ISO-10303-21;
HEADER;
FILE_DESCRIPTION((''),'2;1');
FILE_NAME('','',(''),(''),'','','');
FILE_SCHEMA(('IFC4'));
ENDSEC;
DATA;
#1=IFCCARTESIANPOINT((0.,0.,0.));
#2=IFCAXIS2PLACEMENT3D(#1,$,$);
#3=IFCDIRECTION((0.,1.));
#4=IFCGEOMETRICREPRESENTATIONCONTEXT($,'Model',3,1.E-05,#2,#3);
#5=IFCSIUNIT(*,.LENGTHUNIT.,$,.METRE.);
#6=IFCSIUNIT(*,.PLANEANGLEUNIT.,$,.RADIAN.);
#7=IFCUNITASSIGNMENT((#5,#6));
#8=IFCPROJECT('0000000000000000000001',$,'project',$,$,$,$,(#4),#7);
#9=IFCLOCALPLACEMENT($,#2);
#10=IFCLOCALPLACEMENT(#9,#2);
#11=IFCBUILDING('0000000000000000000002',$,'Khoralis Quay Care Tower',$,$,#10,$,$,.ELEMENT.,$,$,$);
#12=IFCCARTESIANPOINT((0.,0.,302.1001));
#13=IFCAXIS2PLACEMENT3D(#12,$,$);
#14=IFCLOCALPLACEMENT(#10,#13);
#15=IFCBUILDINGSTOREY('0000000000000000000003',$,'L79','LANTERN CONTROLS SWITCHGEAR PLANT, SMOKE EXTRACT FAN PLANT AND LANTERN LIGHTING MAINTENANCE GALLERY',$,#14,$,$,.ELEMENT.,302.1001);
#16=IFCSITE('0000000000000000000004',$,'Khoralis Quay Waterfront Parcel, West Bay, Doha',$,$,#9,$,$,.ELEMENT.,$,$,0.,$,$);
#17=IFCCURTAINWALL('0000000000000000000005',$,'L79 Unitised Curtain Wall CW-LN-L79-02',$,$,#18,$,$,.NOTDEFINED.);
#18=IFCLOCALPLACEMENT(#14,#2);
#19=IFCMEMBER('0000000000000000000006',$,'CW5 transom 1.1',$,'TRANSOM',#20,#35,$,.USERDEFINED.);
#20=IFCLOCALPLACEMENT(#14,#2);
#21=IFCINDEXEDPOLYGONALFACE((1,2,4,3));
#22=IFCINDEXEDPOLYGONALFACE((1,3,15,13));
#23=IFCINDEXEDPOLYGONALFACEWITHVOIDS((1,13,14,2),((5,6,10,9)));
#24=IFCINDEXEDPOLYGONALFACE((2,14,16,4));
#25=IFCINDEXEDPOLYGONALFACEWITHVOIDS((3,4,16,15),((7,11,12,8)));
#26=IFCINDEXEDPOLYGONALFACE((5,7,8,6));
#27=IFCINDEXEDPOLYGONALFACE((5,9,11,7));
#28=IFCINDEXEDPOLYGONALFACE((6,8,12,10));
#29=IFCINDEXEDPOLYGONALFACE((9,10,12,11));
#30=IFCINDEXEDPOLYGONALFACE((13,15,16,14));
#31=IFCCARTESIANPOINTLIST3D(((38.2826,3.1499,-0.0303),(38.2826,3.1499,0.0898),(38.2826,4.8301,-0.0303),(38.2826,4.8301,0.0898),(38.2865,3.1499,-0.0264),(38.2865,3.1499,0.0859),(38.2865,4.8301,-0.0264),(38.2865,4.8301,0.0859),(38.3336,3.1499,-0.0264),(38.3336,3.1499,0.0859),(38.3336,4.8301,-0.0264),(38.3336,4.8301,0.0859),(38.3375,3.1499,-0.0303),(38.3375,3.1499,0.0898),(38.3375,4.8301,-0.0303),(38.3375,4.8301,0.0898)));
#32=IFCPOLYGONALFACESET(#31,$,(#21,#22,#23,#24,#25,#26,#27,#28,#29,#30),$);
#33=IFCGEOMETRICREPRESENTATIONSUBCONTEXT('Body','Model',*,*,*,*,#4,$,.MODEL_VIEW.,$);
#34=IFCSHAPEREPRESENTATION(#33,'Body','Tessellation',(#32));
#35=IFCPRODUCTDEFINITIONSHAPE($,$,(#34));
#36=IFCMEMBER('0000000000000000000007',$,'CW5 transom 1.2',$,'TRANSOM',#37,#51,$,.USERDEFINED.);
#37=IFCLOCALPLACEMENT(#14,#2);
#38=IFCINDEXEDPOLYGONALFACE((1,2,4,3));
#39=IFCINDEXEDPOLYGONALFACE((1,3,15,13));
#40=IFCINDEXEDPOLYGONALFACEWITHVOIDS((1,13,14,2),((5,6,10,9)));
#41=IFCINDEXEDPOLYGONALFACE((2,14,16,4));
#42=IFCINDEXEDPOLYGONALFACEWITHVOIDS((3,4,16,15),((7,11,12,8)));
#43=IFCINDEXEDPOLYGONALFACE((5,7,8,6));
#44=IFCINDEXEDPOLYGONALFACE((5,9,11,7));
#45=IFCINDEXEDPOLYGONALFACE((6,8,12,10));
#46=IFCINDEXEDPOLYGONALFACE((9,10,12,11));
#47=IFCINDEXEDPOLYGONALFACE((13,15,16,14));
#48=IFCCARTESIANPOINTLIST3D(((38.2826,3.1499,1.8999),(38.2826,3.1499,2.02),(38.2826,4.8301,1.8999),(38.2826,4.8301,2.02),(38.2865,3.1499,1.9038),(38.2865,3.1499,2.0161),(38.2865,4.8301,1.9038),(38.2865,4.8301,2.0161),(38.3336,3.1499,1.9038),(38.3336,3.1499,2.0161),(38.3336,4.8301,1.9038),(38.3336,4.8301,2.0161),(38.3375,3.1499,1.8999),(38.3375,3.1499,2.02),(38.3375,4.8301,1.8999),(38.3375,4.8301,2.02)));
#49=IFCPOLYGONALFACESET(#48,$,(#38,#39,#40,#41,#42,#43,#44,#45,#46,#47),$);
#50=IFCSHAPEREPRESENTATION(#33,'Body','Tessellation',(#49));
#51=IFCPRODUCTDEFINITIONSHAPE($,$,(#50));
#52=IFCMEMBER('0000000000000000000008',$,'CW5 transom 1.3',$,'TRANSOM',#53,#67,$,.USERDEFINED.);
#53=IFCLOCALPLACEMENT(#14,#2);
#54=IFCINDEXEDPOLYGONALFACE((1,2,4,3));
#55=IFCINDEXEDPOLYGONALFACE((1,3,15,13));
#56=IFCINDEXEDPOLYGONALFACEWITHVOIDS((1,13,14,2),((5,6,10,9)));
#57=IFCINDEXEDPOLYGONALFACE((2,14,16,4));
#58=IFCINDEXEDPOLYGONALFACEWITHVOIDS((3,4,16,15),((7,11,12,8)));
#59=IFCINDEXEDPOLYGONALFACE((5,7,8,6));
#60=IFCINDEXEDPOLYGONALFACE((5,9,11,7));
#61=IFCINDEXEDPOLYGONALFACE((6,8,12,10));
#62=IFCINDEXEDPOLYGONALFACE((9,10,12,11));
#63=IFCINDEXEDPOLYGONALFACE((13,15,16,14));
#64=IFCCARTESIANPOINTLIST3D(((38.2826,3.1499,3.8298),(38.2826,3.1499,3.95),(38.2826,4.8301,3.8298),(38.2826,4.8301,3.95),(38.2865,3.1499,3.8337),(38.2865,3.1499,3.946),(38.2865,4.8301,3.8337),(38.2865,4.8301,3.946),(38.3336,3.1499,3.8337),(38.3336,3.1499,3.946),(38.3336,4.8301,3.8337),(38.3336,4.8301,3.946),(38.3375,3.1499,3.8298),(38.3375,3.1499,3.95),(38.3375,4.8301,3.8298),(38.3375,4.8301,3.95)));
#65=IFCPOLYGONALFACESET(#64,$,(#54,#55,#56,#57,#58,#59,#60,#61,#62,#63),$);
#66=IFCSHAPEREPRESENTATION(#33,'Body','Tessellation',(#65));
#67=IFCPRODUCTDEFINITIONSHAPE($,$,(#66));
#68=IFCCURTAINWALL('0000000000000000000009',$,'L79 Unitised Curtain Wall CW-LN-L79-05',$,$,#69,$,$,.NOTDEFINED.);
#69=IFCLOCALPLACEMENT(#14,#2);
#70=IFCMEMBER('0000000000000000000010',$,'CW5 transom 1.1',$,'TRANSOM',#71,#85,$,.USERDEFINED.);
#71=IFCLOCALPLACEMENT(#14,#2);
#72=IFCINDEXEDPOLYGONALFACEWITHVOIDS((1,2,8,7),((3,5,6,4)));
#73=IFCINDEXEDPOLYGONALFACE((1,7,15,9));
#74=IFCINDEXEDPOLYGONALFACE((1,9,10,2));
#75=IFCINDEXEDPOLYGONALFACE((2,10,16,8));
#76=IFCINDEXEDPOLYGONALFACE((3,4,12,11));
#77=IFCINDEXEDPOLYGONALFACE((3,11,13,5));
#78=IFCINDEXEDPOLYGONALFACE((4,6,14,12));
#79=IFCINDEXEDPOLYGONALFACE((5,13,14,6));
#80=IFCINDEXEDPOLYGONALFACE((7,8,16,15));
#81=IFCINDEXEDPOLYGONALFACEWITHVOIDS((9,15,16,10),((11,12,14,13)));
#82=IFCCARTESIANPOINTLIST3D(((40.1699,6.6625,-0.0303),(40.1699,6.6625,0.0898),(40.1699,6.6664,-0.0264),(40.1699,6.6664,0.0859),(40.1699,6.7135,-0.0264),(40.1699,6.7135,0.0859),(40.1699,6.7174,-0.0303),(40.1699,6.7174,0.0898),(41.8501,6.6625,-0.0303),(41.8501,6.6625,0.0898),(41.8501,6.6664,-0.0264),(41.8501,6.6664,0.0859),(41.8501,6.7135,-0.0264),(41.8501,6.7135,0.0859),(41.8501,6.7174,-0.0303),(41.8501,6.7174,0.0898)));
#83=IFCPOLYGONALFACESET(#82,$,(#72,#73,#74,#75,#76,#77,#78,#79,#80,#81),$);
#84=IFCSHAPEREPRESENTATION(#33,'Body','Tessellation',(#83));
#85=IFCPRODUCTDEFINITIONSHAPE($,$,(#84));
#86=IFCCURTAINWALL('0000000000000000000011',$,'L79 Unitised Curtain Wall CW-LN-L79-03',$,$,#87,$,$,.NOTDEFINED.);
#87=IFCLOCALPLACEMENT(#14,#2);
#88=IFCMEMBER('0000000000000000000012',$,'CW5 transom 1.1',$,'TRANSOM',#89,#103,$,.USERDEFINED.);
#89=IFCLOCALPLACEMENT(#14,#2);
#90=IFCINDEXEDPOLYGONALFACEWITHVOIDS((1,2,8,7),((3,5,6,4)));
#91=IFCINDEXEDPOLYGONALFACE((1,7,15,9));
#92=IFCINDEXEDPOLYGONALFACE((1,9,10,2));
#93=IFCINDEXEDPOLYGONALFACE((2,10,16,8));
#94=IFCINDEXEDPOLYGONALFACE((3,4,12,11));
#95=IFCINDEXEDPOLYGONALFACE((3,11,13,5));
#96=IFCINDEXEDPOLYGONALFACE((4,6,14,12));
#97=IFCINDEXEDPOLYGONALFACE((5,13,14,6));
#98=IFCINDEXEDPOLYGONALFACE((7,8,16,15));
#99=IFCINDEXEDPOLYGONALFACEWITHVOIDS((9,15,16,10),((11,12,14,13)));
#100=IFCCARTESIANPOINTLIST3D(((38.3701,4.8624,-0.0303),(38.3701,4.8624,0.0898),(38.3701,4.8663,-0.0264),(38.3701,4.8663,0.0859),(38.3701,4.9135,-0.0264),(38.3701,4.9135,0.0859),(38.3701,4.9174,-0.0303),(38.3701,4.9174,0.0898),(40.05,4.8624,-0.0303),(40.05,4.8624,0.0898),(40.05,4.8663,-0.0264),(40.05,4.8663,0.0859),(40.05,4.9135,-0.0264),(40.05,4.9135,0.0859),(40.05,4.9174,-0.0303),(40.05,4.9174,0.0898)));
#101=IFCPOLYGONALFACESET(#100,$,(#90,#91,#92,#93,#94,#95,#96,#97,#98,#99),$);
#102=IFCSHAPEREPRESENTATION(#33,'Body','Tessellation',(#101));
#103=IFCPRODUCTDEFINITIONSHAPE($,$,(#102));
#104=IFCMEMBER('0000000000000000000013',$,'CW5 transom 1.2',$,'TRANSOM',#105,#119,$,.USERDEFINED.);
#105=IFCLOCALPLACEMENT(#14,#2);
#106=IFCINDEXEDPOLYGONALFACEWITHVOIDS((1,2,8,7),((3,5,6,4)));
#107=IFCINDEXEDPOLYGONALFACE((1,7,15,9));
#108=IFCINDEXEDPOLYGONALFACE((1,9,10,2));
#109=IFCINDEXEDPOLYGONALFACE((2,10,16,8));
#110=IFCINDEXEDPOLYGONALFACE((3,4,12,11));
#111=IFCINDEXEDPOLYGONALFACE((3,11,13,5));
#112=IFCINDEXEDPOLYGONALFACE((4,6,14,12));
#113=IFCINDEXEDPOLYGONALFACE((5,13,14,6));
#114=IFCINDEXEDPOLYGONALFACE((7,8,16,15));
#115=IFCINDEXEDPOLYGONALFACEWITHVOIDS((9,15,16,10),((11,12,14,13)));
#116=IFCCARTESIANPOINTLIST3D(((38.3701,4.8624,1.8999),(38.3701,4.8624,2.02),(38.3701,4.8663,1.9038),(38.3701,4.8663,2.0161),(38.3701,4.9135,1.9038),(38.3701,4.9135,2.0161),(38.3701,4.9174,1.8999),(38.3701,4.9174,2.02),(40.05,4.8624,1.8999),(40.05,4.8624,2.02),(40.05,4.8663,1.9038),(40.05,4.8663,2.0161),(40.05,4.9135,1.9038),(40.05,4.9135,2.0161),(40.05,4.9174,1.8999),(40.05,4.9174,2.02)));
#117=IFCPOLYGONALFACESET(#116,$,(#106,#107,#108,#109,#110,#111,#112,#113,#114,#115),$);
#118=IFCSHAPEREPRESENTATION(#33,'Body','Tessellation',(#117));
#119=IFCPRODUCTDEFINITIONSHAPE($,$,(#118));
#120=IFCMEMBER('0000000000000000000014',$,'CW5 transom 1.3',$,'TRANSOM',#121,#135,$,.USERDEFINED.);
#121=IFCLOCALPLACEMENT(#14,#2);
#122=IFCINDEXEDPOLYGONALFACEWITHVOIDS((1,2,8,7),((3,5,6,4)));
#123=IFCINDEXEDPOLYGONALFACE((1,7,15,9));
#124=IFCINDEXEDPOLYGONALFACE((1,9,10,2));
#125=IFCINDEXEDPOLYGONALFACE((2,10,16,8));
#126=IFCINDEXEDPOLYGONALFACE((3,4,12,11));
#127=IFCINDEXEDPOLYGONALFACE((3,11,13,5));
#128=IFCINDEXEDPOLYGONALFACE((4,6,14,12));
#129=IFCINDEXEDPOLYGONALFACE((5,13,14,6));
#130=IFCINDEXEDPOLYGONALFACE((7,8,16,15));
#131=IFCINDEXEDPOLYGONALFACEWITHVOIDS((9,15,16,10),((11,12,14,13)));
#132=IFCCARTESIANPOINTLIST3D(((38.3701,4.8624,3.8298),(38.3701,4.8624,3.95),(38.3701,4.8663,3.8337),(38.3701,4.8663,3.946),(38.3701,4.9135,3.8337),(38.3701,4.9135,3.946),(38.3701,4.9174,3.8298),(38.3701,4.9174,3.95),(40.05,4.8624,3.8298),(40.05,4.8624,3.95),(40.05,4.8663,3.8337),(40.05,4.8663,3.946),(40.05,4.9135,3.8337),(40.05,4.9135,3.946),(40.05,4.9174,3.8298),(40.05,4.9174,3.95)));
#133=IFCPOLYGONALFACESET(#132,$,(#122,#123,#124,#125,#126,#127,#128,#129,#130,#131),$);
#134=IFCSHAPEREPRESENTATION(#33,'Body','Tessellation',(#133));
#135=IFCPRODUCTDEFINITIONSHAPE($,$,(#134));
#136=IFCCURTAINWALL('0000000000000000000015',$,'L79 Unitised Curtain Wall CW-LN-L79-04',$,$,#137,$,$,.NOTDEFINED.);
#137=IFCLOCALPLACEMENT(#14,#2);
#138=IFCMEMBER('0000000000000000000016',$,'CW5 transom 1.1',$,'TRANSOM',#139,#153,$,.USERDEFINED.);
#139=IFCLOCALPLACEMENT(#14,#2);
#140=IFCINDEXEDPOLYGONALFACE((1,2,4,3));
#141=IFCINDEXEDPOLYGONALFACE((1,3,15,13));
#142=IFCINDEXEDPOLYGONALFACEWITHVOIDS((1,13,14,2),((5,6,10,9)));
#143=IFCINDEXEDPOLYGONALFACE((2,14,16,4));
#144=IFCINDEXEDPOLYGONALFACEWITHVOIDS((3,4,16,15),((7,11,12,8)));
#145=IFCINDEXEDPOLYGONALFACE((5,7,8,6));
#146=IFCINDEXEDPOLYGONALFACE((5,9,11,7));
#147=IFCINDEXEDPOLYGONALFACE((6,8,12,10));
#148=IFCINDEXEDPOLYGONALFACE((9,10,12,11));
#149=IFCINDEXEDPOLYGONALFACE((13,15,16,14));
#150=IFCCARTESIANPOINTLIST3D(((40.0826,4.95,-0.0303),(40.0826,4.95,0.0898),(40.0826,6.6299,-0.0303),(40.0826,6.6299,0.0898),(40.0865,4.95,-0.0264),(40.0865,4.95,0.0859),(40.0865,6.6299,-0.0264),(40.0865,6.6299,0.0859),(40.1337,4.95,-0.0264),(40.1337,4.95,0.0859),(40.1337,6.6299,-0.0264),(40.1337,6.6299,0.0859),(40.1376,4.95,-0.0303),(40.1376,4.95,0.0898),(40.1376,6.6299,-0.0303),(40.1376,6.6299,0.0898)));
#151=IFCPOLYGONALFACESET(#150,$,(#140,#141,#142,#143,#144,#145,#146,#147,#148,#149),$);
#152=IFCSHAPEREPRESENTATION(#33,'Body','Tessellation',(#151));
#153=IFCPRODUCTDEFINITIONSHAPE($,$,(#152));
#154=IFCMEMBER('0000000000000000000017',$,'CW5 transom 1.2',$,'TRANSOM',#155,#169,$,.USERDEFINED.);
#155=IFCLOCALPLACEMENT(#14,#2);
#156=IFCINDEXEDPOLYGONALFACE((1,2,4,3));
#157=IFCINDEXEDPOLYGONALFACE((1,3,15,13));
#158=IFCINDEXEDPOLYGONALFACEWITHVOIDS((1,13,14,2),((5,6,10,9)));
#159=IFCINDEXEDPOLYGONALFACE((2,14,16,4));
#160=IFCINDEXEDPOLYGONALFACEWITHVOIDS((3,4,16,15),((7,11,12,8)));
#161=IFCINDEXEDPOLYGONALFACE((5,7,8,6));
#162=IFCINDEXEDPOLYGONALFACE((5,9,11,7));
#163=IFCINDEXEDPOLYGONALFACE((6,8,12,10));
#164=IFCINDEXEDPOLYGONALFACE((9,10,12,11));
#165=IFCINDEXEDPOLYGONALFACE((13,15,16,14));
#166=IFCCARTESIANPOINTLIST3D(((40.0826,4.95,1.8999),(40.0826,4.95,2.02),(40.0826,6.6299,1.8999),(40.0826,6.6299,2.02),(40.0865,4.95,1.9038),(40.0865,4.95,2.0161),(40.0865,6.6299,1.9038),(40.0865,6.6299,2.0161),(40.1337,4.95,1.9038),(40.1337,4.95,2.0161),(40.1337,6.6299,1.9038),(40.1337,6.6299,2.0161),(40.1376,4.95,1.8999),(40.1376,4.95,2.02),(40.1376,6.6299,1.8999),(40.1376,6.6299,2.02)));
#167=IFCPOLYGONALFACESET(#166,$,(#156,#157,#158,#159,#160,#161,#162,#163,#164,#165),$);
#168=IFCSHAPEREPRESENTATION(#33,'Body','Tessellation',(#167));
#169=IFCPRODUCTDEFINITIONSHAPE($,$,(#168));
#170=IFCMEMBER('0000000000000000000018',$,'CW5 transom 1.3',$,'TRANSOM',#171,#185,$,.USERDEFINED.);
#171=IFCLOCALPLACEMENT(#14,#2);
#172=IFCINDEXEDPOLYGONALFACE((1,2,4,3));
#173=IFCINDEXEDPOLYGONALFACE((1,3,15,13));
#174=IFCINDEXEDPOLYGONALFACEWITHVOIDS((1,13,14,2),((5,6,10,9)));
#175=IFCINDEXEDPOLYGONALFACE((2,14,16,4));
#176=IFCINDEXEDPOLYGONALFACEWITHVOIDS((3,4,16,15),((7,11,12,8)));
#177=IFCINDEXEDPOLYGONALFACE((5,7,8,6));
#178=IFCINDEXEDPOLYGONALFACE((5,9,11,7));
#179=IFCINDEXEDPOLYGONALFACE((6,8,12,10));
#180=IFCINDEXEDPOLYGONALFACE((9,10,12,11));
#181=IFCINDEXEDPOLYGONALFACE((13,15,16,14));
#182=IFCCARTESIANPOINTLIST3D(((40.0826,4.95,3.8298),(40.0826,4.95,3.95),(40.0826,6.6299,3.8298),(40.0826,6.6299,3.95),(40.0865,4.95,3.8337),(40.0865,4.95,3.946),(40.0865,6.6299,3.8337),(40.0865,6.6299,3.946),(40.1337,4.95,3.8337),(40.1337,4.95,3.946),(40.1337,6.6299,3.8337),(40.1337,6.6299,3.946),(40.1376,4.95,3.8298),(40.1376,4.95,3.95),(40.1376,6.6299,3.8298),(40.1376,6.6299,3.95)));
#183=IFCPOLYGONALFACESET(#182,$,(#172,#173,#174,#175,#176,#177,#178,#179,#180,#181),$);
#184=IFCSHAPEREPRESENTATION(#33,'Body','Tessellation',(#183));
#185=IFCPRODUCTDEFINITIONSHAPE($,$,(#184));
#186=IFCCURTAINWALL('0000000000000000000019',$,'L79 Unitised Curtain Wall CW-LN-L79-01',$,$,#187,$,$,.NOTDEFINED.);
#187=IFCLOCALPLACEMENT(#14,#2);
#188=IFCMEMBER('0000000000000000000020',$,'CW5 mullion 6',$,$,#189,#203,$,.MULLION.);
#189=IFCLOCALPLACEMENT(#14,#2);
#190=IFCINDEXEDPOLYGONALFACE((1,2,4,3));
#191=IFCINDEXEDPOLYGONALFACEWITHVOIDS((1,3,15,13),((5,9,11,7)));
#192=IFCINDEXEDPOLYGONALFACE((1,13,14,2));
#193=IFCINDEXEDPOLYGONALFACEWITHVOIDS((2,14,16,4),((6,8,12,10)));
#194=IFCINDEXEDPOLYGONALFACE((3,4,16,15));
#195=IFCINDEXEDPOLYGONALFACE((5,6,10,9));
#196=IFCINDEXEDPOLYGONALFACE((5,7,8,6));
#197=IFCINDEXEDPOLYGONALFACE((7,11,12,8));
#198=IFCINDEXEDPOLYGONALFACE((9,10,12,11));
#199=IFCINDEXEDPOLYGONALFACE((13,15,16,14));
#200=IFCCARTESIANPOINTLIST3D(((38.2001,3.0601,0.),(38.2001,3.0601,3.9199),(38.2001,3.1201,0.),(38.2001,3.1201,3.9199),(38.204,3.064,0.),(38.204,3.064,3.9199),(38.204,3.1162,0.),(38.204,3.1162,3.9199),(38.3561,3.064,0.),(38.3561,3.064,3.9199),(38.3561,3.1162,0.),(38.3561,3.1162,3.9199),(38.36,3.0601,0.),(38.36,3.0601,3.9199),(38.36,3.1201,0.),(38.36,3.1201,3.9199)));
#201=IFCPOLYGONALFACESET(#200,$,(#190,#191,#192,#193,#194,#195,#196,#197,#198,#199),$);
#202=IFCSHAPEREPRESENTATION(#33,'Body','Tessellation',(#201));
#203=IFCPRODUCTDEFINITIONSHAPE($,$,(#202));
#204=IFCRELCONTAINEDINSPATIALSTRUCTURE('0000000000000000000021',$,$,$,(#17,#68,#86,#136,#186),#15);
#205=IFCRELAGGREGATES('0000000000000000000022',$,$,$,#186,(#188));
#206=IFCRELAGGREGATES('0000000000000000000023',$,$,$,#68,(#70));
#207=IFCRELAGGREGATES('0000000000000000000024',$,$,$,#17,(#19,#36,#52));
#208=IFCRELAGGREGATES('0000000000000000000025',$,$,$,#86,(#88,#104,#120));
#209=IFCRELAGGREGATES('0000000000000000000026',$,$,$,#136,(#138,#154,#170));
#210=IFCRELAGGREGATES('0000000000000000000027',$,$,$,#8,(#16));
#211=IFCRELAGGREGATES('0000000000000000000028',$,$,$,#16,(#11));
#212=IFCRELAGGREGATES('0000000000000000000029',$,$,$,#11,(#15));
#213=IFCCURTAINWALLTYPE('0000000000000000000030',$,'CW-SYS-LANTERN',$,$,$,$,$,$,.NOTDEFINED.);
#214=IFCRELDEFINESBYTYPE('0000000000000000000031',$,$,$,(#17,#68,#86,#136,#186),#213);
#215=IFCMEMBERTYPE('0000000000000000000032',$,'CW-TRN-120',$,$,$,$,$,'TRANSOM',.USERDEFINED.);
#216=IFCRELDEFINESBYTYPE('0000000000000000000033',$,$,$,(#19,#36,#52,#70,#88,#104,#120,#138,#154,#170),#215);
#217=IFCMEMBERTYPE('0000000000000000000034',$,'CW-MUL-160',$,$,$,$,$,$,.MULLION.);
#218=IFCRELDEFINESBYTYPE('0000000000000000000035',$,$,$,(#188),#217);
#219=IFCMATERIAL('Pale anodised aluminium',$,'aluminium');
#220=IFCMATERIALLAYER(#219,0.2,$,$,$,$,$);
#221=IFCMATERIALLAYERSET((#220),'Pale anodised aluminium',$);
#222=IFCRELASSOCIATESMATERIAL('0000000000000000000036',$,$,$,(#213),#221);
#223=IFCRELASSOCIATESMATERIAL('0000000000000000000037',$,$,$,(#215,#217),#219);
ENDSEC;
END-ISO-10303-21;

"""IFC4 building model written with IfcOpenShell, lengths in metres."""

from ifc_helpers import new_model, si_unit, direction, frame, origin, origin_2d, place, context, subcontext, project, spatial, hollow_rectangle, extrude, source, transform, mapped, material, layer, layer_set, material_profile, profile_set, type_object, element, aggregate, save


model = new_model("IFC4")

# Units and contexts
model_context = context("Model", 3, precision=1e-05, world=origin(), true_north=direction((0.0, 1.0)))
body_context = subcontext(model_context, "Body", "Model", "MODEL_VIEW")
ifc_project = project(units=[si_unit("LENGTHUNIT", "METRE"), si_unit("PLANEANGLEUNIT", "RADIAN")], contexts=[model_context])

# Site, building, storey
site_placement = place(None, origin())
site = spatial("IfcSite", under=ifc_project, at=site_placement, Name="Khoralis Quay Waterfront Parcel, West Bay, Doha", CompositionType="ELEMENT", RefElevation=0.0)
building_placement = place(site_placement, origin())
building = spatial("IfcBuilding", under=site, at=building_placement, Name="Khoralis Quay Care Tower", CompositionType="ELEMENT")
storey_placement = place(building_placement, frame((0.0, 0.0, 302.1001)))
storey = spatial("IfcBuildingStorey", under=building, at=storey_placement, Name="L79", Description="LANTERN CONTROLS SWITCHGEAR PLANT, SMOKE EXTRACT FAN PLANT AND LANTERN LIGHTING MAINTENANCE GALLERY", CompositionType="ELEMENT", Elevation=302.1001)

# Curtain wall, members
ifc_material_1 = material(Name="Pale anodised aluminium", Category="aluminium")
ifc_layer_1 = layer(ifc_material_1, 0.2)
ifc_layer_set_1 = layer_set([ifc_layer_1], Name="Pale anodised aluminium")
curtain_wall_type = type_object("IfcCurtainWallType", Name="CW-SYS-LANTERN", PredefinedType="NOTDEFINED", material=ifc_layer_set_1)
curtain_wall_1_placement = place(storey_placement, origin())
curtain_wall_1 = element("IfcCurtainWall", 1, at=curtain_wall_1_placement, inside=storey, type_object=curtain_wall_type, Name="L79 Unitised Curtain Wall CW-LN-L79-02", PredefinedType="NOTDEFINED")
ifc_material_profile_1 = material_profile(ifc_material_1, hollow_rectangle(XDim=0.0549, YDim=0.1201, WallThickness=0.0039, at=origin_2d()), Name="Pale anodised aluminium")
ifc_profile_set_1 = profile_set([ifc_material_profile_1], Name="Pale anodised aluminium")
member_type_1 = type_object("IfcMemberType", Name="CW-TRN-120", ElementType="TRANSOM", PredefinedType="USERDEFINED", material=ifc_profile_set_1)
shared_shape_1 = source(origin(), body_context, "Body", "SweptSolid", [
    extrude(hollow_rectangle(XDim=0.0549, YDim=0.1201, WallThickness=0.0039, at=origin_2d()), origin(), (0.0, 0.0, 1.0), 1.6802),
])
member_1_placement = place(storey_placement, frame((38.3101, 3.1499, 0.0298), z_axis=(0.0, 1.0, 0.0), x_axis=(-1.0, 0.0, 0.0)))
member_1 = element("IfcMember", 2, at=member_1_placement, type_object=member_type_1, Name="CW5 transom 1.1", ObjectType="TRANSOM", PredefinedType="USERDEFINED", context=body_context, shape_type="MappedRepresentation", body=[
    mapped(shared_shape_1, transform((0.0, 0.0, 0.0), scale=1.0)),
])
member_2_placement = place(storey_placement, frame((38.3101, 3.1499, 1.96), z_axis=(0.0, 1.0, 0.0), x_axis=(-1.0, 0.0, 0.0)))
member_2 = element("IfcMember", 3, at=member_2_placement, type_object=member_type_1, Name="CW5 transom 1.2", ObjectType="TRANSOM", PredefinedType="USERDEFINED", context=body_context, shape_type="MappedRepresentation", body=[
    mapped(shared_shape_1, transform((0.0, 0.0, 0.0), scale=1.0)),
])
member_3_placement = place(storey_placement, frame((38.3101, 3.1499, 3.8899), z_axis=(0.0, 1.0, 0.0), x_axis=(-1.0, 0.0, 0.0)))
member_3 = element("IfcMember", 4, at=member_3_placement, type_object=member_type_1, Name="CW5 transom 1.3", ObjectType="TRANSOM", PredefinedType="USERDEFINED", context=body_context, shape_type="MappedRepresentation", body=[
    mapped(shared_shape_1, transform((0.0, 0.0, 0.0), scale=1.0)),
])

# Curtain wall, member
curtain_wall_2_placement = place(storey_placement, origin())
curtain_wall_2 = element("IfcCurtainWall", 5, at=curtain_wall_2_placement, inside=storey, type_object=curtain_wall_type, Name="L79 Unitised Curtain Wall CW-LN-L79-05", PredefinedType="NOTDEFINED")
member_4_placement = place(storey_placement, frame((40.1699, 6.6899, 0.0298), z_axis=(1.0, 0.0, 0.0), x_axis=(0.0, 1.0, 0.0)))
member_4 = element("IfcMember", 6, at=member_4_placement, type_object=member_type_1, Name="CW5 transom 1.1", ObjectType="TRANSOM", PredefinedType="USERDEFINED", context=body_context, shape_type="MappedRepresentation", body=[
    mapped(shared_shape_1, transform((0.0, 0.0, 0.0), scale=1.0)),
])

# Curtain walls, members
curtain_wall_3_placement = place(storey_placement, origin())
curtain_wall_3 = element("IfcCurtainWall", 7, at=curtain_wall_3_placement, inside=storey, type_object=curtain_wall_type, Name="L79 Unitised Curtain Wall CW-LN-L79-03", PredefinedType="NOTDEFINED")
shared_shape_2 = source(origin(), body_context, "Body", "SweptSolid", [
    extrude(hollow_rectangle(XDim=0.0549, YDim=0.1201, WallThickness=0.0039, at=origin_2d()), origin(), (0.0, 0.0, 1.0), 1.6799),
])
member_5_placement = place(storey_placement, frame((38.3701, 4.8899, 0.0298), z_axis=(1.0, 0.0, 0.0), x_axis=(0.0, 1.0, 0.0)))
member_5 = element("IfcMember", 8, at=member_5_placement, type_object=member_type_1, Name="CW5 transom 1.1", ObjectType="TRANSOM", PredefinedType="USERDEFINED", context=body_context, shape_type="MappedRepresentation", body=[
    mapped(shared_shape_2, transform((0.0, 0.0, 0.0), scale=1.0)),
])
member_6_placement = place(storey_placement, frame((38.3701, 4.8899, 1.96), z_axis=(1.0, 0.0, 0.0), x_axis=(0.0, 1.0, 0.0)))
member_6 = element("IfcMember", 9, at=member_6_placement, type_object=member_type_1, Name="CW5 transom 1.2", ObjectType="TRANSOM", PredefinedType="USERDEFINED", context=body_context, shape_type="MappedRepresentation", body=[
    mapped(shared_shape_2, transform((0.0, 0.0, 0.0), scale=1.0)),
])
member_7_placement = place(storey_placement, frame((38.3701, 4.8899, 3.8899), z_axis=(1.0, 0.0, 0.0), x_axis=(0.0, 1.0, 0.0)))
member_7 = element("IfcMember", 10, at=member_7_placement, type_object=member_type_1, Name="CW5 transom 1.3", ObjectType="TRANSOM", PredefinedType="USERDEFINED", context=body_context, shape_type="MappedRepresentation", body=[
    mapped(shared_shape_2, transform((0.0, 0.0, 0.0), scale=1.0)),
])
curtain_wall_4_placement = place(storey_placement, origin())
curtain_wall_4 = element("IfcCurtainWall", 11, at=curtain_wall_4_placement, inside=storey, type_object=curtain_wall_type, Name="L79 Unitised Curtain Wall CW-LN-L79-04", PredefinedType="NOTDEFINED")
member_8_placement = place(storey_placement, frame((40.1101, 4.95, 0.0298), z_axis=(0.0, 1.0, 0.0), x_axis=(-1.0, 0.0, 0.0)))
member_8 = element("IfcMember", 12, at=member_8_placement, type_object=member_type_1, Name="CW5 transom 1.1", ObjectType="TRANSOM", PredefinedType="USERDEFINED", context=body_context, shape_type="MappedRepresentation", body=[
    mapped(shared_shape_2, transform((0.0, 0.0, 0.0), scale=1.0)),
])
member_9_placement = place(storey_placement, frame((40.1101, 4.95, 1.96), z_axis=(0.0, 1.0, 0.0), x_axis=(-1.0, 0.0, 0.0)))
member_9 = element("IfcMember", 13, at=member_9_placement, type_object=member_type_1, Name="CW5 transom 1.2", ObjectType="TRANSOM", PredefinedType="USERDEFINED", context=body_context, shape_type="MappedRepresentation", body=[
    mapped(shared_shape_2, transform((0.0, 0.0, 0.0), scale=1.0)),
])
member_10_placement = place(storey_placement, frame((40.1101, 4.95, 3.8899), z_axis=(0.0, 1.0, 0.0), x_axis=(-1.0, 0.0, 0.0)))
member_10 = element("IfcMember", 14, at=member_10_placement, type_object=member_type_1, Name="CW5 transom 1.3", ObjectType="TRANSOM", PredefinedType="USERDEFINED", context=body_context, shape_type="MappedRepresentation", body=[
    mapped(shared_shape_2, transform((0.0, 0.0, 0.0), scale=1.0)),
])

# Curtain wall, member
curtain_wall_5_placement = place(storey_placement, origin())
curtain_wall_5 = element("IfcCurtainWall", 15, at=curtain_wall_5_placement, inside=storey, type_object=curtain_wall_type, Name="L79 Unitised Curtain Wall CW-LN-L79-01", PredefinedType="NOTDEFINED")
ifc_material_profile_2 = material_profile(ifc_material_1, hollow_rectangle(XDim=0.0601, YDim=0.1599, WallThickness=0.0039, at=origin_2d()), Name="Pale anodised aluminium")
ifc_profile_set_2 = profile_set([ifc_material_profile_2], Name="Pale anodised aluminium")
member_type_2 = type_object("IfcMemberType", Name="CW-MUL-160", PredefinedType="MULLION", material=ifc_profile_set_2)
shared_shape_3 = source(origin(), body_context, "Body", "SweptSolid", [
    extrude(hollow_rectangle(XDim=0.0601, YDim=0.1599, WallThickness=0.0039, at=origin_2d()), origin(), (0.0, 0.0, 1.0), 3.9199),
])
member_11_placement = place(storey_placement, frame((38.28, 3.0901, 0.0), z_axis=(0.0, 0.0, 1.0), x_axis=(0.0, 1.0, 0.0)))
member_11 = element("IfcMember", 16, at=member_11_placement, type_object=member_type_2, Name="CW5 mullion 6", PredefinedType="MULLION", context=body_context, shape_type="MappedRepresentation", body=[
    mapped(shared_shape_3, transform((0.0, 0.0, 0.0), scale=1.0)),
])
aggregate(curtain_wall_5, [member_11])

aggregate(curtain_wall_2, [member_4])

aggregate(curtain_wall_1, [member_1, member_2, member_3])
aggregate(curtain_wall_3, [member_5, member_6, member_7])
aggregate(curtain_wall_4, [member_8, member_9, member_10])

save(model, "model.ifc")
